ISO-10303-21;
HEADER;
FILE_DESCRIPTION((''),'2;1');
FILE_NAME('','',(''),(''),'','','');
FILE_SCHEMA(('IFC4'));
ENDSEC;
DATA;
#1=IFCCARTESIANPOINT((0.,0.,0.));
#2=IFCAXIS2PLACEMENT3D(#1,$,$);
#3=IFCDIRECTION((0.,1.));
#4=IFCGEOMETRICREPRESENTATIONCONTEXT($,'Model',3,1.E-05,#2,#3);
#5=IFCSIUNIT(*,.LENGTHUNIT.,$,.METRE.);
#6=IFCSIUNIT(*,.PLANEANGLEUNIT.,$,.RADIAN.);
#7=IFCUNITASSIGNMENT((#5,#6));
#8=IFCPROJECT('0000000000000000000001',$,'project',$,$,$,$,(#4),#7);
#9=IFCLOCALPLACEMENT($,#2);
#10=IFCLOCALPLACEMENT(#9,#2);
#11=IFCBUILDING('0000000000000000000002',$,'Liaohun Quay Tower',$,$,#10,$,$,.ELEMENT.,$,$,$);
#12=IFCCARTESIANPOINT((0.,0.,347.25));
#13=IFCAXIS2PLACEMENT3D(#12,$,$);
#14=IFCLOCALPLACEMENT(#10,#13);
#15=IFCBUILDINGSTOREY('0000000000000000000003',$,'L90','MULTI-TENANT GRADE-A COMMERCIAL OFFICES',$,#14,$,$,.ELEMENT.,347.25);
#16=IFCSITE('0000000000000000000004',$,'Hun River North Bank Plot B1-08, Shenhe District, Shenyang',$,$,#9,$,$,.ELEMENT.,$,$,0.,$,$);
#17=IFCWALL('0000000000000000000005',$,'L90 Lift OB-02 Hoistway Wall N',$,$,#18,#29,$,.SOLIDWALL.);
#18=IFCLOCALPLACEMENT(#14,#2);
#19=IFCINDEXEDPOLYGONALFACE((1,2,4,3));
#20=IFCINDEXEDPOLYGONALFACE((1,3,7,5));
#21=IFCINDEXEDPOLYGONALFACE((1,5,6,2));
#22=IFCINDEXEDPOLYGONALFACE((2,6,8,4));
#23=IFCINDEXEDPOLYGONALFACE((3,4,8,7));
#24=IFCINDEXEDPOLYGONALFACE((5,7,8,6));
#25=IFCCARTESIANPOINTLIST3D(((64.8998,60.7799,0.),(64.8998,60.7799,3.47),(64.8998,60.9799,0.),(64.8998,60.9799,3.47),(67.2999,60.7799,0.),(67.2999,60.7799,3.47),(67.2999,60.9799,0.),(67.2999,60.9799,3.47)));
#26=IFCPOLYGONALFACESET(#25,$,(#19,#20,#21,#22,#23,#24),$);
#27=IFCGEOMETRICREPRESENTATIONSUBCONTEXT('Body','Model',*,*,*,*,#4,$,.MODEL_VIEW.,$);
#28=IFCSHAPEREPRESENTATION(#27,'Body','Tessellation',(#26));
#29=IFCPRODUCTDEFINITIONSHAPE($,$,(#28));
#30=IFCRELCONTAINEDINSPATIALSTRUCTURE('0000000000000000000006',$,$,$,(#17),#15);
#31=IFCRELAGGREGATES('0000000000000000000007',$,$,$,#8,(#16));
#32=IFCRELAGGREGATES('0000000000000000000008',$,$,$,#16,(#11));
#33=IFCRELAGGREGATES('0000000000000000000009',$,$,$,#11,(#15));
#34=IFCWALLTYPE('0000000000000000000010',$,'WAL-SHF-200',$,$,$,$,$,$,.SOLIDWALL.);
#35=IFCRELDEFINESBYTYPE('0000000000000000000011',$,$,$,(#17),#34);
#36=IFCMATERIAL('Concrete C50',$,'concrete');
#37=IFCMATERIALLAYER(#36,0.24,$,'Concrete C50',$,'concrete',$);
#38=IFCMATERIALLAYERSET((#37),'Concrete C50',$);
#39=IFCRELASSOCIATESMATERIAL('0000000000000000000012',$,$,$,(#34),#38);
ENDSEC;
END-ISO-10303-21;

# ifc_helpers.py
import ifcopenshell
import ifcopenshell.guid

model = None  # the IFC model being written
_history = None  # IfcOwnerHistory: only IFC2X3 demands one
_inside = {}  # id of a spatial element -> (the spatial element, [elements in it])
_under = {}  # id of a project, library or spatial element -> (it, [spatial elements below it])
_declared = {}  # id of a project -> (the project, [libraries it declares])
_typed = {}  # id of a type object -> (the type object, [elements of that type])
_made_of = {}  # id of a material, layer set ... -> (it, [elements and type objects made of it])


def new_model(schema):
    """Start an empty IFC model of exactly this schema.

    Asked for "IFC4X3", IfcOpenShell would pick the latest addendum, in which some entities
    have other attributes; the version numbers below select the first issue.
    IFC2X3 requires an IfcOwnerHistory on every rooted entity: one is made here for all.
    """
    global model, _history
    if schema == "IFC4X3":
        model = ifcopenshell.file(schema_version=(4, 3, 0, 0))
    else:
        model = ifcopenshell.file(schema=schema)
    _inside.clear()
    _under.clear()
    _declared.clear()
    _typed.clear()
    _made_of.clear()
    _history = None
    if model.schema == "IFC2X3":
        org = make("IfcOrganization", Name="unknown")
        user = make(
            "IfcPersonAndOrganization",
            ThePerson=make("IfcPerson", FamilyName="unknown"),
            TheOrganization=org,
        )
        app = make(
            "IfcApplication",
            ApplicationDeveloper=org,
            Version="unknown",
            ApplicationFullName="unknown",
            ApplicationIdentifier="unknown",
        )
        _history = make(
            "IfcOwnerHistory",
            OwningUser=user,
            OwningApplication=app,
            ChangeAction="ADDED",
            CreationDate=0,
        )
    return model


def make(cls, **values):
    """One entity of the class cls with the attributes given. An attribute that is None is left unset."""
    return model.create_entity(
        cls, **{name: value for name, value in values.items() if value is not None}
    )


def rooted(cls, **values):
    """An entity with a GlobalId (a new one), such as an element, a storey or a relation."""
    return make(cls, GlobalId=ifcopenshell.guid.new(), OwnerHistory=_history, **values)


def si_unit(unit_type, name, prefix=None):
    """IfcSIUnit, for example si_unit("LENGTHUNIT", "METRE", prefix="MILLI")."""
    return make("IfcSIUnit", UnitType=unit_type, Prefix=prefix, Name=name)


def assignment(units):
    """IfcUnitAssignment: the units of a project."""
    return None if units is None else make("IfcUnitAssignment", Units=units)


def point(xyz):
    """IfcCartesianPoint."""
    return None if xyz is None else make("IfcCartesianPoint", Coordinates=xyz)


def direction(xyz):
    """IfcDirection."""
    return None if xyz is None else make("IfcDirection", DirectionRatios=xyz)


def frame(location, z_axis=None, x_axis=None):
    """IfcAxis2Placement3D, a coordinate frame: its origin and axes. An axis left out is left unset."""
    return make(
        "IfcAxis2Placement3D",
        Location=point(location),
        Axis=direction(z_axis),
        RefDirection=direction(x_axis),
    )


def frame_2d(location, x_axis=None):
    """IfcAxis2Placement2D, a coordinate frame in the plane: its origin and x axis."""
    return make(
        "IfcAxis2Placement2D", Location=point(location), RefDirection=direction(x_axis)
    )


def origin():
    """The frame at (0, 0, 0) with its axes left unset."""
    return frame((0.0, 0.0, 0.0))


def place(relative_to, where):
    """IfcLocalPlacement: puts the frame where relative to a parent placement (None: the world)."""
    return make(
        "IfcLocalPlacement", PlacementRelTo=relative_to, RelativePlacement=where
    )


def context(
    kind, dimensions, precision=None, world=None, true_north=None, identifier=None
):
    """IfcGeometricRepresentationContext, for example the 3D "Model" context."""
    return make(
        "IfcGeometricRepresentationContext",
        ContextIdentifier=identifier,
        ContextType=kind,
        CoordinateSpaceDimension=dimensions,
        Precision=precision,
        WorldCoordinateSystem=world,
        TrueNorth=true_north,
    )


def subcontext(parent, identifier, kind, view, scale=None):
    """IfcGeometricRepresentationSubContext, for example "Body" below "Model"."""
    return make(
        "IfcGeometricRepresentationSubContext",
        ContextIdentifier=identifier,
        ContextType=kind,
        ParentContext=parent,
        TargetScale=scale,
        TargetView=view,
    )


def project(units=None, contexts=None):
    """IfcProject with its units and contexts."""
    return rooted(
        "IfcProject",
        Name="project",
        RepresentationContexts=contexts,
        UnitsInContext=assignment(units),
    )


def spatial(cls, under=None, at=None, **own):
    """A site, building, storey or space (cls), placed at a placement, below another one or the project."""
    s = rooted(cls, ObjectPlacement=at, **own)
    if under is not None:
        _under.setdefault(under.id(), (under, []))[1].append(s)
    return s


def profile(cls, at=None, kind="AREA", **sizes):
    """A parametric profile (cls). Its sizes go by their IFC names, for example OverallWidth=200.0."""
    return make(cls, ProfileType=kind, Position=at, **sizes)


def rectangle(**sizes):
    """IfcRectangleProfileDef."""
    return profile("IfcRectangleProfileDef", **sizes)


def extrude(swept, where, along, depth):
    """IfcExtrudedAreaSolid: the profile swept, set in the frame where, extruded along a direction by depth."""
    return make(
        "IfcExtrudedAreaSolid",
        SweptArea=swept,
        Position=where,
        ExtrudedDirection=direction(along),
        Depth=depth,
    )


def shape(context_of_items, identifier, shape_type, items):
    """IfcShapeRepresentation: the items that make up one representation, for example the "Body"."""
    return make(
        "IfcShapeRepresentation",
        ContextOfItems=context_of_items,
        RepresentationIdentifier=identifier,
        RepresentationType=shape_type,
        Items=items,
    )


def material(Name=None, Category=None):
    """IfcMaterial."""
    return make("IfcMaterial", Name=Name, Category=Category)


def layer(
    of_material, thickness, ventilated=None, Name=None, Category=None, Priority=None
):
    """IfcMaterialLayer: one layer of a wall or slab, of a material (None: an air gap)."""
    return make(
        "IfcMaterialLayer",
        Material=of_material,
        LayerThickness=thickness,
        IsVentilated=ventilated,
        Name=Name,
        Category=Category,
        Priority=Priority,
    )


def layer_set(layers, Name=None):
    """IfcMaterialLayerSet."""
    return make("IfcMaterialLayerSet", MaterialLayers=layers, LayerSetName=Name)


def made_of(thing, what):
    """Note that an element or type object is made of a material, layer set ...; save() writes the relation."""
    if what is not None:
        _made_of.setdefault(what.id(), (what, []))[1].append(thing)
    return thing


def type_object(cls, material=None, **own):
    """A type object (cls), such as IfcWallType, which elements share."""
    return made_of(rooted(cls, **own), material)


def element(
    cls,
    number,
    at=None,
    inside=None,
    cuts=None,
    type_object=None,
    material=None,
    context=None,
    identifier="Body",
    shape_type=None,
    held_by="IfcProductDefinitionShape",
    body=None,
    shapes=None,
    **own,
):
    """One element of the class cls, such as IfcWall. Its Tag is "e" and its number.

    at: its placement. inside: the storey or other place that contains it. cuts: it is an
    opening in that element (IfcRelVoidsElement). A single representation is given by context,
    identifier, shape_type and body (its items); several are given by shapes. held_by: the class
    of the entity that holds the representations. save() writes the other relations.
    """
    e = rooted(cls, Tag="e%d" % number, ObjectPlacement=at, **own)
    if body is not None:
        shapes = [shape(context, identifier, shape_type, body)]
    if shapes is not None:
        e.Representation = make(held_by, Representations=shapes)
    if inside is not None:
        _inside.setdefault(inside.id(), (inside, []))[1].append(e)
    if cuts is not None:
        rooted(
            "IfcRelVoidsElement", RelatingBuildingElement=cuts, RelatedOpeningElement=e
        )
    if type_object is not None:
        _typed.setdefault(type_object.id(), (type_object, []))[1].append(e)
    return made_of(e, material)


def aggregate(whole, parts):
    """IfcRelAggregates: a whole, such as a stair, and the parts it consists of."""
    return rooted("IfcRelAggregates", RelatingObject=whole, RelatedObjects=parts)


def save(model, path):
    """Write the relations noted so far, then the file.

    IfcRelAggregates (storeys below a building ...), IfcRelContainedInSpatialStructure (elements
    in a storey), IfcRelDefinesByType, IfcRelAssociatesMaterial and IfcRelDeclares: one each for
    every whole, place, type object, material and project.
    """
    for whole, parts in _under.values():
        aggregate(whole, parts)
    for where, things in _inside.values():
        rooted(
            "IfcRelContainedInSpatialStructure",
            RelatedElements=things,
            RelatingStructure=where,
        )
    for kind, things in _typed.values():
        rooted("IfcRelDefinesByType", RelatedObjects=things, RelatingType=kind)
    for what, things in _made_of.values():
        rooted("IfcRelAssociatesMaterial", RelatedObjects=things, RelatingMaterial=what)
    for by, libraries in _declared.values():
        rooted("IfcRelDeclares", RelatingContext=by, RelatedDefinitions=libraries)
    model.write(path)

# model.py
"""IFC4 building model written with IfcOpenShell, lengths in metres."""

from ifc_helpers import new_model, si_unit, direction, frame, frame_2d, origin, place, context, subcontext, project, spatial, rectangle, extrude, material, layer, layer_set, type_object, element, save


model = new_model("IFC4")

# Units and contexts
model_context = context("Model", 3, precision=1e-05, world=origin(), true_north=direction((0.0, 1.0)))
body_context = subcontext(model_context, "Body", "Model", "MODEL_VIEW")
ifc_project = project(units=[si_unit("LENGTHUNIT", "METRE"), si_unit("PLANEANGLEUNIT", "RADIAN")], contexts=[model_context])

# Site, building, storey
site_placement = place(None, origin())
site = spatial("IfcSite", under=ifc_project, at=site_placement, Name="Hun River North Bank Plot B1-08, Shenhe District, Shenyang", CompositionType="ELEMENT", RefElevation=0.0)
building_placement = place(site_placement, origin())
building = spatial("IfcBuilding", under=site, at=building_placement, Name="Liaohun Quay Tower", CompositionType="ELEMENT")
storey_placement = place(building_placement, frame((0.0, 0.0, 347.25)))
storey = spatial("IfcBuildingStorey", under=building, at=storey_placement, Name="L90", Description="MULTI-TENANT GRADE-A COMMERCIAL OFFICES", CompositionType="ELEMENT", Elevation=347.25)

# Shared definitions
ifc_material_1 = material(Name="Concrete C50", Category="concrete")

# Wall
ifc_layer_1 = layer(ifc_material_1, 0.24, Name="Concrete C50", Category="concrete")
ifc_layer_set_1 = layer_set([ifc_layer_1], Name="Concrete C50")
wall_type_1 = type_object("IfcWallType", Name="WAL-SHF-200", PredefinedType="SOLIDWALL", material=ifc_layer_set_1)
wall_1_placement = place(storey_placement, frame((67.3, 60.8799, 0.0), z_axis=(0.0, 0.0, 1.0), x_axis=(-1.0, 0.0, 0.0)))
element("IfcWall", 1, at=wall_1_placement, inside=storey, type_object=wall_type_1, Name="L90 Lift OB-02 Hoistway Wall N", PredefinedType="SOLIDWALL", context=body_context, shape_type="SweptSolid", body=[
    extrude(rectangle(XDim=2.4001, YDim=0.2, at=frame_2d((1.2002, 0.0))), origin(), (0.0, 0.0, 1.0), 3.47),
])

save(model, "model.ifc")
